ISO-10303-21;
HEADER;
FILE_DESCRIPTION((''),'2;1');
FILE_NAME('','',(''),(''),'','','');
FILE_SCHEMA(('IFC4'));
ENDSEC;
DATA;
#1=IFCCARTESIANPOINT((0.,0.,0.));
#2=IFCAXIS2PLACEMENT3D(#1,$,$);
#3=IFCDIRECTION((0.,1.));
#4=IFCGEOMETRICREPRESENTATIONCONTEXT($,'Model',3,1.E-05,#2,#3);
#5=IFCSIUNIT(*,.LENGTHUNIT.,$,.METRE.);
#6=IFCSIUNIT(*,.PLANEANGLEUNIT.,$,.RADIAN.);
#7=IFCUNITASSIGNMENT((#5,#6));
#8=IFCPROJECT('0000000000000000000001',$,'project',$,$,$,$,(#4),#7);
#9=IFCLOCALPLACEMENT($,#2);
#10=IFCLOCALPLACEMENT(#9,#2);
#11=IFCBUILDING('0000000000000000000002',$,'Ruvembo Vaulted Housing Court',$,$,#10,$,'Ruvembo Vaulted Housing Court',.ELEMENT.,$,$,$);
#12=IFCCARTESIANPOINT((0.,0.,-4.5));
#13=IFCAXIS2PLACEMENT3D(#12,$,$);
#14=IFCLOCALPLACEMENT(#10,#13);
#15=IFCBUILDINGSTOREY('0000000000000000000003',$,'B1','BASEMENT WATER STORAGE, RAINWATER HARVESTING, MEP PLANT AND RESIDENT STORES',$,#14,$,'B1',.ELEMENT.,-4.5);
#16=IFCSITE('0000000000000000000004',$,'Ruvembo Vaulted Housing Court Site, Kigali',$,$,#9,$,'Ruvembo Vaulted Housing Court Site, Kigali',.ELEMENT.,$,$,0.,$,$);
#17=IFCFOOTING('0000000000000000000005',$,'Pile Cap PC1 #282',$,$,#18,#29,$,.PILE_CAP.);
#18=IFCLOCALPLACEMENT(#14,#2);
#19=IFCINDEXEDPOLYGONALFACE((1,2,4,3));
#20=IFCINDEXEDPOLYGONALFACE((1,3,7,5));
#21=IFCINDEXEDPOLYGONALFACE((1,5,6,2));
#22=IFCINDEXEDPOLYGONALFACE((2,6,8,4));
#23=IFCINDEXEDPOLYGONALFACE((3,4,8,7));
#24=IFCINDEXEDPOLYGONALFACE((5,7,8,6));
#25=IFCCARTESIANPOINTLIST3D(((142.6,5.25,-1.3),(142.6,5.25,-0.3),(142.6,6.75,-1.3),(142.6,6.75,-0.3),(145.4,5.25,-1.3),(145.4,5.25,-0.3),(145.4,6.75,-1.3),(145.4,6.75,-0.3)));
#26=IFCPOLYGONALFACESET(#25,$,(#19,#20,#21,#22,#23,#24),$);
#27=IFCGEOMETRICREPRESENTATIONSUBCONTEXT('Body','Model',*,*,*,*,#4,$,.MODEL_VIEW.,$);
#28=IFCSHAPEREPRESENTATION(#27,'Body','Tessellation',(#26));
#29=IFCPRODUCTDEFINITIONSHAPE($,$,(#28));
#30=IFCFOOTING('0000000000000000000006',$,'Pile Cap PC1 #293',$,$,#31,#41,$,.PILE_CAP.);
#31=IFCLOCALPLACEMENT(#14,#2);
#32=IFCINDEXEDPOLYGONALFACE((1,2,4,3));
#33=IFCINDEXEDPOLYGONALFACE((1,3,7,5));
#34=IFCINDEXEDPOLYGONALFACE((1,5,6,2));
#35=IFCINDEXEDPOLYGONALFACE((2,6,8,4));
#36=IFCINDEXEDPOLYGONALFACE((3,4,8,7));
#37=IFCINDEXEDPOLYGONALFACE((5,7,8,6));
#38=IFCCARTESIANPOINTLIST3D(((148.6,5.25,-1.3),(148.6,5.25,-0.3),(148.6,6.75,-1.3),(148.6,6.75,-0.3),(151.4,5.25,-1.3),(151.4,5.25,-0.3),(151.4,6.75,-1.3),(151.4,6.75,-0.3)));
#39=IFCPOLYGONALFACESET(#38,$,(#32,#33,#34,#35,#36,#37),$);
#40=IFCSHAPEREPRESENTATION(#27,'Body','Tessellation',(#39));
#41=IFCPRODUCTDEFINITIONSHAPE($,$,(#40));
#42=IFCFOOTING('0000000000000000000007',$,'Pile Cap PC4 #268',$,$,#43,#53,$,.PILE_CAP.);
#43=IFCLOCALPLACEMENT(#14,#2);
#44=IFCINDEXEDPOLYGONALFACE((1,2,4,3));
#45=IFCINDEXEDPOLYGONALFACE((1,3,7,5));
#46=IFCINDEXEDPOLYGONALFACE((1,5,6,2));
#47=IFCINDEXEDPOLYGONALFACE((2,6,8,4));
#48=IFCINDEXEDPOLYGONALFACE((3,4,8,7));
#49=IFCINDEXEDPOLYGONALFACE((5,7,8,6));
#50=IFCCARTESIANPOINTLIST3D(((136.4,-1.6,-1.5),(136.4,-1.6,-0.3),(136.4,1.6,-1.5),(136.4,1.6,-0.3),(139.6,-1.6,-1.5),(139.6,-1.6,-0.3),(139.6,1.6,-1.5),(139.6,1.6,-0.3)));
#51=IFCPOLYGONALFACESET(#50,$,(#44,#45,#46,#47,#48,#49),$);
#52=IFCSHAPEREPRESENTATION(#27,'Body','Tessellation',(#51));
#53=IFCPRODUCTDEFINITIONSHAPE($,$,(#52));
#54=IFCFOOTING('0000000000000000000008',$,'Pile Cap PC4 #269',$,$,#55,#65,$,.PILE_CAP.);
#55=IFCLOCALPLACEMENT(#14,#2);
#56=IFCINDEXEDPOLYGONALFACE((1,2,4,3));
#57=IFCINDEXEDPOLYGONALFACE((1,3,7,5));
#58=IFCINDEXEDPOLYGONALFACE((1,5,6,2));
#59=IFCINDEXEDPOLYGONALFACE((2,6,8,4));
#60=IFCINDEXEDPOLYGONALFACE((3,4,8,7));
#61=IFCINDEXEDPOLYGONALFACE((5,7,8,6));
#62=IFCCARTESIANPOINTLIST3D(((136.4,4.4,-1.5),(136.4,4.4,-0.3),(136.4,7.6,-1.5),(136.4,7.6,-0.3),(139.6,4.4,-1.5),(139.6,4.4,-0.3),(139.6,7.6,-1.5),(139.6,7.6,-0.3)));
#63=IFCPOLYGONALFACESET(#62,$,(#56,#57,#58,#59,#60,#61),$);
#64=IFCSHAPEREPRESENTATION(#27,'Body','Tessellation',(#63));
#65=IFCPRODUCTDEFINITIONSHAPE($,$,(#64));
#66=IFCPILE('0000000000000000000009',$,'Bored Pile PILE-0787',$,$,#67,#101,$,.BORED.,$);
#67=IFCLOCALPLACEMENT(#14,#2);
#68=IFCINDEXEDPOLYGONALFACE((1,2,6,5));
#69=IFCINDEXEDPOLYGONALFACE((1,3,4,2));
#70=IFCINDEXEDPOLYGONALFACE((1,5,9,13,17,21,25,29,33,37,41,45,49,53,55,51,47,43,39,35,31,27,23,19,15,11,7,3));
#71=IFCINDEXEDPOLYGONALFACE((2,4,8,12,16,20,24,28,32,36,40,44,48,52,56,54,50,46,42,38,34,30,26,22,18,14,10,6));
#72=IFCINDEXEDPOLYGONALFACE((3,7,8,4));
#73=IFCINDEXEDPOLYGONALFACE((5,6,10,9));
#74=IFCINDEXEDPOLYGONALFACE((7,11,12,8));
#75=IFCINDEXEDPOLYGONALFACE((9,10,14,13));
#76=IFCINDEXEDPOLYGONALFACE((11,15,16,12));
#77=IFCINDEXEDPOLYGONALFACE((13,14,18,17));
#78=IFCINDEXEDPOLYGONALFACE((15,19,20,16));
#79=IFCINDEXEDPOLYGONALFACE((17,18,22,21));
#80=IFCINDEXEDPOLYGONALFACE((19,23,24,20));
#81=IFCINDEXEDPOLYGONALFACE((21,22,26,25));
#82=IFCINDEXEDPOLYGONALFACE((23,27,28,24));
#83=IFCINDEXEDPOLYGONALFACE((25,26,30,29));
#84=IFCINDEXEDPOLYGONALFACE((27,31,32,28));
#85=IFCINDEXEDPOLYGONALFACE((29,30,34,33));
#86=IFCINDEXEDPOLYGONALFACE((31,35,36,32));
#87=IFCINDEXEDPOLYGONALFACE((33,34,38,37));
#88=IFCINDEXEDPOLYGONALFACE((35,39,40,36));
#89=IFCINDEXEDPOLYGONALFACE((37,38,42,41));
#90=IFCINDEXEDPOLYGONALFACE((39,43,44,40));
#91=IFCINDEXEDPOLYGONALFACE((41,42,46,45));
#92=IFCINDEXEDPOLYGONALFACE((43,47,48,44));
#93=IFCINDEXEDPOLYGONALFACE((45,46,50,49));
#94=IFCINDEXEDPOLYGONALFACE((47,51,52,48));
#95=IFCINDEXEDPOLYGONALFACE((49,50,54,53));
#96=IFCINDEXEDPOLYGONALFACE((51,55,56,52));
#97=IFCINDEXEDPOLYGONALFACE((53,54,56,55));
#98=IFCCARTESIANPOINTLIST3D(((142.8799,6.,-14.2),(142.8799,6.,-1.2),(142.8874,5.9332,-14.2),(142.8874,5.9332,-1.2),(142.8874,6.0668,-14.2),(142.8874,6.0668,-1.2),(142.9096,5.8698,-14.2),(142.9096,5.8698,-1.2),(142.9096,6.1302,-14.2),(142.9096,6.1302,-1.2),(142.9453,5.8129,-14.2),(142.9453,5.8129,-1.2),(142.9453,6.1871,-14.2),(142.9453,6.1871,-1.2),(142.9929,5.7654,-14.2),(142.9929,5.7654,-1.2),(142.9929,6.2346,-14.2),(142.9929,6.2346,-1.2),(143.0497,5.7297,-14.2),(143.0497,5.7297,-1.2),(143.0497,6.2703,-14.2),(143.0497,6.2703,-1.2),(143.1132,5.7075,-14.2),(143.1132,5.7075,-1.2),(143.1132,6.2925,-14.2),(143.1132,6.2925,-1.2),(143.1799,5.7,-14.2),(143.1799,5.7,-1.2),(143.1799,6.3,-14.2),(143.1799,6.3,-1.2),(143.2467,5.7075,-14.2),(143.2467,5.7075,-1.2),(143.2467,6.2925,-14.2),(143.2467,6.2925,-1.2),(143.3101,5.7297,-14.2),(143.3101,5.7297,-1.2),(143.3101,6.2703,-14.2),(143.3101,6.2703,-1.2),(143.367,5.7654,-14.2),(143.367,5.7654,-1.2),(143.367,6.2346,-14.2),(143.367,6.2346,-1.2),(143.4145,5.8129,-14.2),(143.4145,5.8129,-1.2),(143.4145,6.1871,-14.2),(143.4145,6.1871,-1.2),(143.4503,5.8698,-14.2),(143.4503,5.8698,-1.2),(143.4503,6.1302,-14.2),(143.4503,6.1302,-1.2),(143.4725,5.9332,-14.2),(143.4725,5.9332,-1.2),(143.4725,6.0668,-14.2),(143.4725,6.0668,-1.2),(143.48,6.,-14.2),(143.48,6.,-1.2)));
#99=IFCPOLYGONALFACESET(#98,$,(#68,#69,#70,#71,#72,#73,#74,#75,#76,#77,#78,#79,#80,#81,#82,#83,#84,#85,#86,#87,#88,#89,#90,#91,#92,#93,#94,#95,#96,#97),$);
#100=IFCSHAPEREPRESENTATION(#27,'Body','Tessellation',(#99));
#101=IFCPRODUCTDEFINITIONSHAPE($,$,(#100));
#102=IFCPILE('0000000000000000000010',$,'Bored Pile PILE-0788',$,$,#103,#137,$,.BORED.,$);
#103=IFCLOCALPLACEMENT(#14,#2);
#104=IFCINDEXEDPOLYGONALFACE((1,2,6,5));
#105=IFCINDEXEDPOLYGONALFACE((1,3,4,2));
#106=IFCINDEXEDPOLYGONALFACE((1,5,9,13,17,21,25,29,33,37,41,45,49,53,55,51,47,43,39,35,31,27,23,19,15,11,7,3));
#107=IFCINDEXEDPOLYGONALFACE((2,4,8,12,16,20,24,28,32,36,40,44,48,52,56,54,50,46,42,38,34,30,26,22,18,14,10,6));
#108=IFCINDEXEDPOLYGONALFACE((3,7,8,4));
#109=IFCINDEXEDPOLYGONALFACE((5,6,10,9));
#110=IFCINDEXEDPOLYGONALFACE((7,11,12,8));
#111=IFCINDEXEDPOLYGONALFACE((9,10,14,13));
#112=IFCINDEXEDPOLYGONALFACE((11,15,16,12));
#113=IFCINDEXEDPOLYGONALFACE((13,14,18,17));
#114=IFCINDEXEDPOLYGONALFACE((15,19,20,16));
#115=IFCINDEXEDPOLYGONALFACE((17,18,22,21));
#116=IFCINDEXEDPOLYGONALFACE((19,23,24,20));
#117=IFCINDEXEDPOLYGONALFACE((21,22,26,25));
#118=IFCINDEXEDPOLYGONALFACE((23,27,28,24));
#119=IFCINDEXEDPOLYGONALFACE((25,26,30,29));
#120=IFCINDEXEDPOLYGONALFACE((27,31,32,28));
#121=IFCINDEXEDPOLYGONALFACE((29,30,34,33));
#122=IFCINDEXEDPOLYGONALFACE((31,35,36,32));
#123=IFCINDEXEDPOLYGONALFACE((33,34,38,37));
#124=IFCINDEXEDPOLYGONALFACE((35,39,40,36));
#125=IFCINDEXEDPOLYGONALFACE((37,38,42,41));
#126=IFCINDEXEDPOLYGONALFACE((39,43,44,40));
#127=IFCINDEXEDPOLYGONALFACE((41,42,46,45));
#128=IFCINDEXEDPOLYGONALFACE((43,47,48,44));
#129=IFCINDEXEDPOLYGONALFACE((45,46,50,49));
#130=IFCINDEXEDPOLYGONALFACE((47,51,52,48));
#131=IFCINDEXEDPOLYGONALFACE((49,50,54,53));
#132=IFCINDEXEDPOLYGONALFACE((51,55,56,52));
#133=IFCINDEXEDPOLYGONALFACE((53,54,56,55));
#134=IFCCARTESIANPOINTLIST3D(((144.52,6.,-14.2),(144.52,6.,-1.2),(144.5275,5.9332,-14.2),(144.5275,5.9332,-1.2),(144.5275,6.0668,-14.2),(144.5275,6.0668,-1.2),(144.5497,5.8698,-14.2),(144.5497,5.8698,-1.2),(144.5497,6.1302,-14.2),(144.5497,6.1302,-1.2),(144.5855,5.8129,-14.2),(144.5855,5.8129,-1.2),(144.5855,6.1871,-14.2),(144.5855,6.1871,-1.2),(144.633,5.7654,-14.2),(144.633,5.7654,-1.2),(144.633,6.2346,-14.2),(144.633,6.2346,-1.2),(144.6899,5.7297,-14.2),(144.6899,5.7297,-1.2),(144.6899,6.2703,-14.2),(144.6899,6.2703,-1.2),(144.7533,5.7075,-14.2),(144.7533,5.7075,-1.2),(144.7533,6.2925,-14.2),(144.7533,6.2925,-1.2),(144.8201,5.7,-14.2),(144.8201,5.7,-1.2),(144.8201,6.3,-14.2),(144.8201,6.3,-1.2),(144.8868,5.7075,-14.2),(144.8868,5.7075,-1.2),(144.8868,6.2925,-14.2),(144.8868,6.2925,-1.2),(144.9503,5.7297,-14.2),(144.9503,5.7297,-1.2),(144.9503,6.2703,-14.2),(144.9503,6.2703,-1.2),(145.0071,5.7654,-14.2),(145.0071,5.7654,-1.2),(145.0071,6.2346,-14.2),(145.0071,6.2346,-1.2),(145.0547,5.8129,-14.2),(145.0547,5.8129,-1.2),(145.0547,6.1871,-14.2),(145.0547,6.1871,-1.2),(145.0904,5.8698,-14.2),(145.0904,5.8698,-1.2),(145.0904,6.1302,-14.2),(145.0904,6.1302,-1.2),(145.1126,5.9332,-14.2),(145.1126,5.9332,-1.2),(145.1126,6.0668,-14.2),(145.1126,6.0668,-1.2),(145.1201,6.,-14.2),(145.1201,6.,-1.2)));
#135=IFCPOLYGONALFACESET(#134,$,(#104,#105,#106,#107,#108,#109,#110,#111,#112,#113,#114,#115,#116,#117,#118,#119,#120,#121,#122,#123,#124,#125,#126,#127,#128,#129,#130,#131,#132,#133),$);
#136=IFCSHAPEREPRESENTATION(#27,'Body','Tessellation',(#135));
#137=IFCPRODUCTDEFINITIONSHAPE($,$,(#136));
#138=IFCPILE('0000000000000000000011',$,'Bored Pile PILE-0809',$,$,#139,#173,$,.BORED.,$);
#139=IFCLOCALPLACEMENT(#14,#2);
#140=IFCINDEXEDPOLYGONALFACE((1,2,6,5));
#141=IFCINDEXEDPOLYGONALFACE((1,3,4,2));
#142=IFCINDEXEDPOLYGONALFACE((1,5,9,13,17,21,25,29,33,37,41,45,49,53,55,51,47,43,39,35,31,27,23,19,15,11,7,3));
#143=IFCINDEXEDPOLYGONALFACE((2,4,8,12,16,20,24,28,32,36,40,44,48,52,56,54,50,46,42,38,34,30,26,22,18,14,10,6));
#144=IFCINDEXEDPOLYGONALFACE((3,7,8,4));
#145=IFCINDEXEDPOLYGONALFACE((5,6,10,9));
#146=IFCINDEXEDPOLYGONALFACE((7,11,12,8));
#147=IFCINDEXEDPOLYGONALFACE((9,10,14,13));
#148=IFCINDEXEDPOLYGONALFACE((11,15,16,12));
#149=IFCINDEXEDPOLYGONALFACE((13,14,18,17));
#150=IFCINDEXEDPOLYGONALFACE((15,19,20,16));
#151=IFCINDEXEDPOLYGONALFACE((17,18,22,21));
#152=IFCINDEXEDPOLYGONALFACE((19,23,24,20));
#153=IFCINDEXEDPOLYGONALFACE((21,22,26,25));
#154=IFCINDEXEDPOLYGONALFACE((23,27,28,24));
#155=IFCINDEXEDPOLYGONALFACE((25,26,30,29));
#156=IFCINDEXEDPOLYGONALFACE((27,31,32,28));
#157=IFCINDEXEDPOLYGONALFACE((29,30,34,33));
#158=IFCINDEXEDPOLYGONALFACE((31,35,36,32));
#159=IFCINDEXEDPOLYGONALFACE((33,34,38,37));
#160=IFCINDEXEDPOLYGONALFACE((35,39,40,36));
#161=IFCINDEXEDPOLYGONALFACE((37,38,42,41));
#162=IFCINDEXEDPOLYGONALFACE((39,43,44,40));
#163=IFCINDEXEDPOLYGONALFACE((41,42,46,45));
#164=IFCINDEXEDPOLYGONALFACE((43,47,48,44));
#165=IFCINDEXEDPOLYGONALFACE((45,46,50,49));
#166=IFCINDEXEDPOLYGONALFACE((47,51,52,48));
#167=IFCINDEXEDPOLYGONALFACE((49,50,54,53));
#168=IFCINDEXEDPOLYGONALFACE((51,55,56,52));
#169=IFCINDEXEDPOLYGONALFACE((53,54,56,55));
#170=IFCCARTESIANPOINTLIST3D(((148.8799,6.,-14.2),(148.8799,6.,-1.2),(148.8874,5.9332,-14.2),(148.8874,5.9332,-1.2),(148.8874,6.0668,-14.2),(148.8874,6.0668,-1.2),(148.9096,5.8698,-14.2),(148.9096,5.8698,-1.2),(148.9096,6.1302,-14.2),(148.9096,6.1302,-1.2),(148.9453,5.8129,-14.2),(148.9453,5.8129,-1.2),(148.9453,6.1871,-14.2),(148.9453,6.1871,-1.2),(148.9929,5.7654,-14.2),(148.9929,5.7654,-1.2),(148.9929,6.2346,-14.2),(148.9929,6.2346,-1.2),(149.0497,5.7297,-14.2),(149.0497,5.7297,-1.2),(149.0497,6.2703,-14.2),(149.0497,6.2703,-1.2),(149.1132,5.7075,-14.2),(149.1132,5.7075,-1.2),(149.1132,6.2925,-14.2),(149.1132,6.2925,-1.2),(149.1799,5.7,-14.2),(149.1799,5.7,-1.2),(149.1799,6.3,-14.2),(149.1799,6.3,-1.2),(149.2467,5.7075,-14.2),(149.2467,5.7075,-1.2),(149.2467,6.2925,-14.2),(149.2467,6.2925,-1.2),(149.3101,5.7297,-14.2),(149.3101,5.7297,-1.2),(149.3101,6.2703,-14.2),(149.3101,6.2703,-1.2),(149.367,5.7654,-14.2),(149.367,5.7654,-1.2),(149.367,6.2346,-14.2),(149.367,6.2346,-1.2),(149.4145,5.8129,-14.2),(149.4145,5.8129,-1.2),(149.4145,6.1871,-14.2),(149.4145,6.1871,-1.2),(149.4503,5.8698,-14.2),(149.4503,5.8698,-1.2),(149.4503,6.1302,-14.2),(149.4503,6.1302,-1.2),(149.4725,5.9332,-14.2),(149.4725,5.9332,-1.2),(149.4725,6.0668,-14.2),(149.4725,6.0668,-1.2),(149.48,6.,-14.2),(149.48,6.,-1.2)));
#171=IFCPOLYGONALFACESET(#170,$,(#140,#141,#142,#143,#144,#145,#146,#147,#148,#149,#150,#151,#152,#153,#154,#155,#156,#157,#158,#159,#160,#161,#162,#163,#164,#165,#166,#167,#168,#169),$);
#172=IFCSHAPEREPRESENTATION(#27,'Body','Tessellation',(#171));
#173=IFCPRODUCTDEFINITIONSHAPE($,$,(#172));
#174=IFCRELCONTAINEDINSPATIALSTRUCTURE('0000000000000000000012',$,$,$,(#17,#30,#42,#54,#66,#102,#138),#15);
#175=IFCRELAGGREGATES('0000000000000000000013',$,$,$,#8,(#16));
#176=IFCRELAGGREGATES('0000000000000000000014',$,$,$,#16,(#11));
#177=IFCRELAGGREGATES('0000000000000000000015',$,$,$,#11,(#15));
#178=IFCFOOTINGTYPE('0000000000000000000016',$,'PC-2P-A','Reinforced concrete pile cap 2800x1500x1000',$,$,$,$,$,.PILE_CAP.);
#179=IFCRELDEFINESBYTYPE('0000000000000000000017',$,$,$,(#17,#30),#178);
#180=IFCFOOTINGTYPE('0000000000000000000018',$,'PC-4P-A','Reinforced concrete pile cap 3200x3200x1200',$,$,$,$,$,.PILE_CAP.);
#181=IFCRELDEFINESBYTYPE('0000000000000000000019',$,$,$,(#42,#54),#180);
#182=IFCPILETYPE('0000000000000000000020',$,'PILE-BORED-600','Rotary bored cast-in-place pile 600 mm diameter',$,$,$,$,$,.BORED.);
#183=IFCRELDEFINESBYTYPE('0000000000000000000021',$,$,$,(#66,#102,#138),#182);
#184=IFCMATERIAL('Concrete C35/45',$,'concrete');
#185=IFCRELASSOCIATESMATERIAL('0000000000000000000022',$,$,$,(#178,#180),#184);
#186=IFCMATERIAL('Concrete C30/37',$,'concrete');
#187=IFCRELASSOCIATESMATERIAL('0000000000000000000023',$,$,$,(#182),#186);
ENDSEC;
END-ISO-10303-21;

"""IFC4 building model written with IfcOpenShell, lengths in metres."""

from ifc_helpers import new_model, si_unit, direction, frame, origin, origin_2d, place, context, subcontext, project, spatial, rectangle, circle, extrude, material, material_profile, profile_set, type_object, element, save


model = new_model("IFC4")

# Units and contexts
model_context = context("Model", 3, precision=1e-05, world=origin(), true_north=direction((0.0, 1.0)))
body_context = subcontext(model_context, "Body", "Model", "MODEL_VIEW")
ifc_project = project(units=[si_unit("LENGTHUNIT", "METRE"), si_unit("PLANEANGLEUNIT", "RADIAN")], contexts=[model_context])

# Site, building, storey
site_placement = place(None, origin())
site = spatial("IfcSite", under=ifc_project, at=site_placement, Name="Ruvembo Vaulted Housing Court Site, Kigali", LongName="Ruvembo Vaulted Housing Court Site, Kigali", CompositionType="ELEMENT", RefElevation=0.0)
building_placement = place(site_placement, origin())
building = spatial("IfcBuilding", under=site, at=building_placement, Name="Ruvembo Vaulted Housing Court", LongName="Ruvembo Vaulted Housing Court", CompositionType="ELEMENT")
storey_placement = place(building_placement, frame((0.0, 0.0, -4.5)))
storey = spatial("IfcBuildingStorey", under=building, at=storey_placement, Name="B1", Description="BASEMENT WATER STORAGE, RAINWATER HARVESTING, MEP PLANT AND RESIDENT STORES", LongName="B1", CompositionType="ELEMENT", Elevation=-4.5)

# Footings
ifc_material_1 = material(Name="Concrete C35/45", Category="concrete")
footing_type_1 = type_object("IfcFootingType", Name="PC-2P-A", Description="Reinforced concrete pile cap 2800x1500x1000", PredefinedType="PILE_CAP", material=ifc_material_1)
for number, where, z_axis, x_axis, name in (
    (1, (144.0, 6.0, -1.3), (0.0, 0.0, 1.0), (1.0, 0.0, 0.0), "Pile Cap PC1 #282"),
    (2, (150.0, 6.0, -1.3), (0.0, 0.0, 1.0), (1.0, 0.0, 0.0), "Pile Cap PC1 #293"),
):
    element("IfcFooting", number, at=place(storey_placement, frame(where, z_axis=z_axis, x_axis=x_axis)), inside=storey, type_object=footing_type_1, Name=name, PredefinedType="PILE_CAP", context=body_context, shape_type="SweptSolid", body=[
        extrude(rectangle(XDim=2.8, YDim=1.5, at=origin_2d()), origin(), (0.0, 0.0, 1.0), 1.0),
    ])
footing_type_2 = type_object("IfcFootingType", Name="PC-4P-A", Description="Reinforced concrete pile cap 3200x3200x1200", PredefinedType="PILE_CAP", material=ifc_material_1)
for number, where, z_axis, x_axis, name in (
    (3, (138.0, 0.0, -1.5), (0.0, 0.0, 1.0), (1.0, 0.0, 0.0), "Pile Cap PC4 #268"),
    (4, (138.0, 6.0, -1.5), (0.0, 0.0, 1.0), (1.0, 0.0, 0.0), "Pile Cap PC4 #269"),
):
    element("IfcFooting", number, at=place(storey_placement, frame(where, z_axis=z_axis, x_axis=x_axis)), inside=storey, type_object=footing_type_2, Name=name, PredefinedType="PILE_CAP", context=body_context, shape_type="SweptSolid", body=[
        extrude(rectangle(XDim=3.2, YDim=3.2, at=origin_2d()), origin(), (0.0, 0.0, 1.0), 1.2),
    ])

# Piles
ifc_material_2 = material(Name="Concrete C30/37", Category="concrete")
ifc_material_profile_1 = material_profile(ifc_material_2, circle(Radius=0.3, at=origin_2d()), Name="PILE D600")
ifc_profile_set_1 = profile_set([ifc_material_profile_1], Name="Concrete C30/37")
pile_type_1 = type_object("IfcPileType", Name="PILE-BORED-600", Description="Rotary bored cast-in-place pile 600 mm diameter", PredefinedType="BORED", material=ifc_profile_set_1)
for number, where, z_axis, x_axis, name in (
    (5, (143.1799, 6.0, -1.2), (0.0, 0.0, -1.0), (1.0, 0.0, 0.0), "Bored Pile PILE-0787"),
    (6, (144.8201, 6.0, -1.2), (0.0, 0.0, -1.0), (1.0, 0.0, 0.0), "Bored Pile PILE-0788"),
    (7, (149.1799, 6.0, -1.2), (0.0, 0.0, -1.0), (1.0, 0.0, 0.0), "Bored Pile PILE-0809"),
):
    element("IfcPile", number, at=place(storey_placement, frame(where, z_axis=z_axis, x_axis=x_axis)), inside=storey, type_object=pile_type_1, Name=name, PredefinedType="BORED", context=body_context, shape_type="SweptSolid", body=[
        extrude(circle(Radius=0.3, at=origin_2d()), origin(), (0.0, 0.0, 1.0), 13.0),
    ])

save(model, "model.ifc")
